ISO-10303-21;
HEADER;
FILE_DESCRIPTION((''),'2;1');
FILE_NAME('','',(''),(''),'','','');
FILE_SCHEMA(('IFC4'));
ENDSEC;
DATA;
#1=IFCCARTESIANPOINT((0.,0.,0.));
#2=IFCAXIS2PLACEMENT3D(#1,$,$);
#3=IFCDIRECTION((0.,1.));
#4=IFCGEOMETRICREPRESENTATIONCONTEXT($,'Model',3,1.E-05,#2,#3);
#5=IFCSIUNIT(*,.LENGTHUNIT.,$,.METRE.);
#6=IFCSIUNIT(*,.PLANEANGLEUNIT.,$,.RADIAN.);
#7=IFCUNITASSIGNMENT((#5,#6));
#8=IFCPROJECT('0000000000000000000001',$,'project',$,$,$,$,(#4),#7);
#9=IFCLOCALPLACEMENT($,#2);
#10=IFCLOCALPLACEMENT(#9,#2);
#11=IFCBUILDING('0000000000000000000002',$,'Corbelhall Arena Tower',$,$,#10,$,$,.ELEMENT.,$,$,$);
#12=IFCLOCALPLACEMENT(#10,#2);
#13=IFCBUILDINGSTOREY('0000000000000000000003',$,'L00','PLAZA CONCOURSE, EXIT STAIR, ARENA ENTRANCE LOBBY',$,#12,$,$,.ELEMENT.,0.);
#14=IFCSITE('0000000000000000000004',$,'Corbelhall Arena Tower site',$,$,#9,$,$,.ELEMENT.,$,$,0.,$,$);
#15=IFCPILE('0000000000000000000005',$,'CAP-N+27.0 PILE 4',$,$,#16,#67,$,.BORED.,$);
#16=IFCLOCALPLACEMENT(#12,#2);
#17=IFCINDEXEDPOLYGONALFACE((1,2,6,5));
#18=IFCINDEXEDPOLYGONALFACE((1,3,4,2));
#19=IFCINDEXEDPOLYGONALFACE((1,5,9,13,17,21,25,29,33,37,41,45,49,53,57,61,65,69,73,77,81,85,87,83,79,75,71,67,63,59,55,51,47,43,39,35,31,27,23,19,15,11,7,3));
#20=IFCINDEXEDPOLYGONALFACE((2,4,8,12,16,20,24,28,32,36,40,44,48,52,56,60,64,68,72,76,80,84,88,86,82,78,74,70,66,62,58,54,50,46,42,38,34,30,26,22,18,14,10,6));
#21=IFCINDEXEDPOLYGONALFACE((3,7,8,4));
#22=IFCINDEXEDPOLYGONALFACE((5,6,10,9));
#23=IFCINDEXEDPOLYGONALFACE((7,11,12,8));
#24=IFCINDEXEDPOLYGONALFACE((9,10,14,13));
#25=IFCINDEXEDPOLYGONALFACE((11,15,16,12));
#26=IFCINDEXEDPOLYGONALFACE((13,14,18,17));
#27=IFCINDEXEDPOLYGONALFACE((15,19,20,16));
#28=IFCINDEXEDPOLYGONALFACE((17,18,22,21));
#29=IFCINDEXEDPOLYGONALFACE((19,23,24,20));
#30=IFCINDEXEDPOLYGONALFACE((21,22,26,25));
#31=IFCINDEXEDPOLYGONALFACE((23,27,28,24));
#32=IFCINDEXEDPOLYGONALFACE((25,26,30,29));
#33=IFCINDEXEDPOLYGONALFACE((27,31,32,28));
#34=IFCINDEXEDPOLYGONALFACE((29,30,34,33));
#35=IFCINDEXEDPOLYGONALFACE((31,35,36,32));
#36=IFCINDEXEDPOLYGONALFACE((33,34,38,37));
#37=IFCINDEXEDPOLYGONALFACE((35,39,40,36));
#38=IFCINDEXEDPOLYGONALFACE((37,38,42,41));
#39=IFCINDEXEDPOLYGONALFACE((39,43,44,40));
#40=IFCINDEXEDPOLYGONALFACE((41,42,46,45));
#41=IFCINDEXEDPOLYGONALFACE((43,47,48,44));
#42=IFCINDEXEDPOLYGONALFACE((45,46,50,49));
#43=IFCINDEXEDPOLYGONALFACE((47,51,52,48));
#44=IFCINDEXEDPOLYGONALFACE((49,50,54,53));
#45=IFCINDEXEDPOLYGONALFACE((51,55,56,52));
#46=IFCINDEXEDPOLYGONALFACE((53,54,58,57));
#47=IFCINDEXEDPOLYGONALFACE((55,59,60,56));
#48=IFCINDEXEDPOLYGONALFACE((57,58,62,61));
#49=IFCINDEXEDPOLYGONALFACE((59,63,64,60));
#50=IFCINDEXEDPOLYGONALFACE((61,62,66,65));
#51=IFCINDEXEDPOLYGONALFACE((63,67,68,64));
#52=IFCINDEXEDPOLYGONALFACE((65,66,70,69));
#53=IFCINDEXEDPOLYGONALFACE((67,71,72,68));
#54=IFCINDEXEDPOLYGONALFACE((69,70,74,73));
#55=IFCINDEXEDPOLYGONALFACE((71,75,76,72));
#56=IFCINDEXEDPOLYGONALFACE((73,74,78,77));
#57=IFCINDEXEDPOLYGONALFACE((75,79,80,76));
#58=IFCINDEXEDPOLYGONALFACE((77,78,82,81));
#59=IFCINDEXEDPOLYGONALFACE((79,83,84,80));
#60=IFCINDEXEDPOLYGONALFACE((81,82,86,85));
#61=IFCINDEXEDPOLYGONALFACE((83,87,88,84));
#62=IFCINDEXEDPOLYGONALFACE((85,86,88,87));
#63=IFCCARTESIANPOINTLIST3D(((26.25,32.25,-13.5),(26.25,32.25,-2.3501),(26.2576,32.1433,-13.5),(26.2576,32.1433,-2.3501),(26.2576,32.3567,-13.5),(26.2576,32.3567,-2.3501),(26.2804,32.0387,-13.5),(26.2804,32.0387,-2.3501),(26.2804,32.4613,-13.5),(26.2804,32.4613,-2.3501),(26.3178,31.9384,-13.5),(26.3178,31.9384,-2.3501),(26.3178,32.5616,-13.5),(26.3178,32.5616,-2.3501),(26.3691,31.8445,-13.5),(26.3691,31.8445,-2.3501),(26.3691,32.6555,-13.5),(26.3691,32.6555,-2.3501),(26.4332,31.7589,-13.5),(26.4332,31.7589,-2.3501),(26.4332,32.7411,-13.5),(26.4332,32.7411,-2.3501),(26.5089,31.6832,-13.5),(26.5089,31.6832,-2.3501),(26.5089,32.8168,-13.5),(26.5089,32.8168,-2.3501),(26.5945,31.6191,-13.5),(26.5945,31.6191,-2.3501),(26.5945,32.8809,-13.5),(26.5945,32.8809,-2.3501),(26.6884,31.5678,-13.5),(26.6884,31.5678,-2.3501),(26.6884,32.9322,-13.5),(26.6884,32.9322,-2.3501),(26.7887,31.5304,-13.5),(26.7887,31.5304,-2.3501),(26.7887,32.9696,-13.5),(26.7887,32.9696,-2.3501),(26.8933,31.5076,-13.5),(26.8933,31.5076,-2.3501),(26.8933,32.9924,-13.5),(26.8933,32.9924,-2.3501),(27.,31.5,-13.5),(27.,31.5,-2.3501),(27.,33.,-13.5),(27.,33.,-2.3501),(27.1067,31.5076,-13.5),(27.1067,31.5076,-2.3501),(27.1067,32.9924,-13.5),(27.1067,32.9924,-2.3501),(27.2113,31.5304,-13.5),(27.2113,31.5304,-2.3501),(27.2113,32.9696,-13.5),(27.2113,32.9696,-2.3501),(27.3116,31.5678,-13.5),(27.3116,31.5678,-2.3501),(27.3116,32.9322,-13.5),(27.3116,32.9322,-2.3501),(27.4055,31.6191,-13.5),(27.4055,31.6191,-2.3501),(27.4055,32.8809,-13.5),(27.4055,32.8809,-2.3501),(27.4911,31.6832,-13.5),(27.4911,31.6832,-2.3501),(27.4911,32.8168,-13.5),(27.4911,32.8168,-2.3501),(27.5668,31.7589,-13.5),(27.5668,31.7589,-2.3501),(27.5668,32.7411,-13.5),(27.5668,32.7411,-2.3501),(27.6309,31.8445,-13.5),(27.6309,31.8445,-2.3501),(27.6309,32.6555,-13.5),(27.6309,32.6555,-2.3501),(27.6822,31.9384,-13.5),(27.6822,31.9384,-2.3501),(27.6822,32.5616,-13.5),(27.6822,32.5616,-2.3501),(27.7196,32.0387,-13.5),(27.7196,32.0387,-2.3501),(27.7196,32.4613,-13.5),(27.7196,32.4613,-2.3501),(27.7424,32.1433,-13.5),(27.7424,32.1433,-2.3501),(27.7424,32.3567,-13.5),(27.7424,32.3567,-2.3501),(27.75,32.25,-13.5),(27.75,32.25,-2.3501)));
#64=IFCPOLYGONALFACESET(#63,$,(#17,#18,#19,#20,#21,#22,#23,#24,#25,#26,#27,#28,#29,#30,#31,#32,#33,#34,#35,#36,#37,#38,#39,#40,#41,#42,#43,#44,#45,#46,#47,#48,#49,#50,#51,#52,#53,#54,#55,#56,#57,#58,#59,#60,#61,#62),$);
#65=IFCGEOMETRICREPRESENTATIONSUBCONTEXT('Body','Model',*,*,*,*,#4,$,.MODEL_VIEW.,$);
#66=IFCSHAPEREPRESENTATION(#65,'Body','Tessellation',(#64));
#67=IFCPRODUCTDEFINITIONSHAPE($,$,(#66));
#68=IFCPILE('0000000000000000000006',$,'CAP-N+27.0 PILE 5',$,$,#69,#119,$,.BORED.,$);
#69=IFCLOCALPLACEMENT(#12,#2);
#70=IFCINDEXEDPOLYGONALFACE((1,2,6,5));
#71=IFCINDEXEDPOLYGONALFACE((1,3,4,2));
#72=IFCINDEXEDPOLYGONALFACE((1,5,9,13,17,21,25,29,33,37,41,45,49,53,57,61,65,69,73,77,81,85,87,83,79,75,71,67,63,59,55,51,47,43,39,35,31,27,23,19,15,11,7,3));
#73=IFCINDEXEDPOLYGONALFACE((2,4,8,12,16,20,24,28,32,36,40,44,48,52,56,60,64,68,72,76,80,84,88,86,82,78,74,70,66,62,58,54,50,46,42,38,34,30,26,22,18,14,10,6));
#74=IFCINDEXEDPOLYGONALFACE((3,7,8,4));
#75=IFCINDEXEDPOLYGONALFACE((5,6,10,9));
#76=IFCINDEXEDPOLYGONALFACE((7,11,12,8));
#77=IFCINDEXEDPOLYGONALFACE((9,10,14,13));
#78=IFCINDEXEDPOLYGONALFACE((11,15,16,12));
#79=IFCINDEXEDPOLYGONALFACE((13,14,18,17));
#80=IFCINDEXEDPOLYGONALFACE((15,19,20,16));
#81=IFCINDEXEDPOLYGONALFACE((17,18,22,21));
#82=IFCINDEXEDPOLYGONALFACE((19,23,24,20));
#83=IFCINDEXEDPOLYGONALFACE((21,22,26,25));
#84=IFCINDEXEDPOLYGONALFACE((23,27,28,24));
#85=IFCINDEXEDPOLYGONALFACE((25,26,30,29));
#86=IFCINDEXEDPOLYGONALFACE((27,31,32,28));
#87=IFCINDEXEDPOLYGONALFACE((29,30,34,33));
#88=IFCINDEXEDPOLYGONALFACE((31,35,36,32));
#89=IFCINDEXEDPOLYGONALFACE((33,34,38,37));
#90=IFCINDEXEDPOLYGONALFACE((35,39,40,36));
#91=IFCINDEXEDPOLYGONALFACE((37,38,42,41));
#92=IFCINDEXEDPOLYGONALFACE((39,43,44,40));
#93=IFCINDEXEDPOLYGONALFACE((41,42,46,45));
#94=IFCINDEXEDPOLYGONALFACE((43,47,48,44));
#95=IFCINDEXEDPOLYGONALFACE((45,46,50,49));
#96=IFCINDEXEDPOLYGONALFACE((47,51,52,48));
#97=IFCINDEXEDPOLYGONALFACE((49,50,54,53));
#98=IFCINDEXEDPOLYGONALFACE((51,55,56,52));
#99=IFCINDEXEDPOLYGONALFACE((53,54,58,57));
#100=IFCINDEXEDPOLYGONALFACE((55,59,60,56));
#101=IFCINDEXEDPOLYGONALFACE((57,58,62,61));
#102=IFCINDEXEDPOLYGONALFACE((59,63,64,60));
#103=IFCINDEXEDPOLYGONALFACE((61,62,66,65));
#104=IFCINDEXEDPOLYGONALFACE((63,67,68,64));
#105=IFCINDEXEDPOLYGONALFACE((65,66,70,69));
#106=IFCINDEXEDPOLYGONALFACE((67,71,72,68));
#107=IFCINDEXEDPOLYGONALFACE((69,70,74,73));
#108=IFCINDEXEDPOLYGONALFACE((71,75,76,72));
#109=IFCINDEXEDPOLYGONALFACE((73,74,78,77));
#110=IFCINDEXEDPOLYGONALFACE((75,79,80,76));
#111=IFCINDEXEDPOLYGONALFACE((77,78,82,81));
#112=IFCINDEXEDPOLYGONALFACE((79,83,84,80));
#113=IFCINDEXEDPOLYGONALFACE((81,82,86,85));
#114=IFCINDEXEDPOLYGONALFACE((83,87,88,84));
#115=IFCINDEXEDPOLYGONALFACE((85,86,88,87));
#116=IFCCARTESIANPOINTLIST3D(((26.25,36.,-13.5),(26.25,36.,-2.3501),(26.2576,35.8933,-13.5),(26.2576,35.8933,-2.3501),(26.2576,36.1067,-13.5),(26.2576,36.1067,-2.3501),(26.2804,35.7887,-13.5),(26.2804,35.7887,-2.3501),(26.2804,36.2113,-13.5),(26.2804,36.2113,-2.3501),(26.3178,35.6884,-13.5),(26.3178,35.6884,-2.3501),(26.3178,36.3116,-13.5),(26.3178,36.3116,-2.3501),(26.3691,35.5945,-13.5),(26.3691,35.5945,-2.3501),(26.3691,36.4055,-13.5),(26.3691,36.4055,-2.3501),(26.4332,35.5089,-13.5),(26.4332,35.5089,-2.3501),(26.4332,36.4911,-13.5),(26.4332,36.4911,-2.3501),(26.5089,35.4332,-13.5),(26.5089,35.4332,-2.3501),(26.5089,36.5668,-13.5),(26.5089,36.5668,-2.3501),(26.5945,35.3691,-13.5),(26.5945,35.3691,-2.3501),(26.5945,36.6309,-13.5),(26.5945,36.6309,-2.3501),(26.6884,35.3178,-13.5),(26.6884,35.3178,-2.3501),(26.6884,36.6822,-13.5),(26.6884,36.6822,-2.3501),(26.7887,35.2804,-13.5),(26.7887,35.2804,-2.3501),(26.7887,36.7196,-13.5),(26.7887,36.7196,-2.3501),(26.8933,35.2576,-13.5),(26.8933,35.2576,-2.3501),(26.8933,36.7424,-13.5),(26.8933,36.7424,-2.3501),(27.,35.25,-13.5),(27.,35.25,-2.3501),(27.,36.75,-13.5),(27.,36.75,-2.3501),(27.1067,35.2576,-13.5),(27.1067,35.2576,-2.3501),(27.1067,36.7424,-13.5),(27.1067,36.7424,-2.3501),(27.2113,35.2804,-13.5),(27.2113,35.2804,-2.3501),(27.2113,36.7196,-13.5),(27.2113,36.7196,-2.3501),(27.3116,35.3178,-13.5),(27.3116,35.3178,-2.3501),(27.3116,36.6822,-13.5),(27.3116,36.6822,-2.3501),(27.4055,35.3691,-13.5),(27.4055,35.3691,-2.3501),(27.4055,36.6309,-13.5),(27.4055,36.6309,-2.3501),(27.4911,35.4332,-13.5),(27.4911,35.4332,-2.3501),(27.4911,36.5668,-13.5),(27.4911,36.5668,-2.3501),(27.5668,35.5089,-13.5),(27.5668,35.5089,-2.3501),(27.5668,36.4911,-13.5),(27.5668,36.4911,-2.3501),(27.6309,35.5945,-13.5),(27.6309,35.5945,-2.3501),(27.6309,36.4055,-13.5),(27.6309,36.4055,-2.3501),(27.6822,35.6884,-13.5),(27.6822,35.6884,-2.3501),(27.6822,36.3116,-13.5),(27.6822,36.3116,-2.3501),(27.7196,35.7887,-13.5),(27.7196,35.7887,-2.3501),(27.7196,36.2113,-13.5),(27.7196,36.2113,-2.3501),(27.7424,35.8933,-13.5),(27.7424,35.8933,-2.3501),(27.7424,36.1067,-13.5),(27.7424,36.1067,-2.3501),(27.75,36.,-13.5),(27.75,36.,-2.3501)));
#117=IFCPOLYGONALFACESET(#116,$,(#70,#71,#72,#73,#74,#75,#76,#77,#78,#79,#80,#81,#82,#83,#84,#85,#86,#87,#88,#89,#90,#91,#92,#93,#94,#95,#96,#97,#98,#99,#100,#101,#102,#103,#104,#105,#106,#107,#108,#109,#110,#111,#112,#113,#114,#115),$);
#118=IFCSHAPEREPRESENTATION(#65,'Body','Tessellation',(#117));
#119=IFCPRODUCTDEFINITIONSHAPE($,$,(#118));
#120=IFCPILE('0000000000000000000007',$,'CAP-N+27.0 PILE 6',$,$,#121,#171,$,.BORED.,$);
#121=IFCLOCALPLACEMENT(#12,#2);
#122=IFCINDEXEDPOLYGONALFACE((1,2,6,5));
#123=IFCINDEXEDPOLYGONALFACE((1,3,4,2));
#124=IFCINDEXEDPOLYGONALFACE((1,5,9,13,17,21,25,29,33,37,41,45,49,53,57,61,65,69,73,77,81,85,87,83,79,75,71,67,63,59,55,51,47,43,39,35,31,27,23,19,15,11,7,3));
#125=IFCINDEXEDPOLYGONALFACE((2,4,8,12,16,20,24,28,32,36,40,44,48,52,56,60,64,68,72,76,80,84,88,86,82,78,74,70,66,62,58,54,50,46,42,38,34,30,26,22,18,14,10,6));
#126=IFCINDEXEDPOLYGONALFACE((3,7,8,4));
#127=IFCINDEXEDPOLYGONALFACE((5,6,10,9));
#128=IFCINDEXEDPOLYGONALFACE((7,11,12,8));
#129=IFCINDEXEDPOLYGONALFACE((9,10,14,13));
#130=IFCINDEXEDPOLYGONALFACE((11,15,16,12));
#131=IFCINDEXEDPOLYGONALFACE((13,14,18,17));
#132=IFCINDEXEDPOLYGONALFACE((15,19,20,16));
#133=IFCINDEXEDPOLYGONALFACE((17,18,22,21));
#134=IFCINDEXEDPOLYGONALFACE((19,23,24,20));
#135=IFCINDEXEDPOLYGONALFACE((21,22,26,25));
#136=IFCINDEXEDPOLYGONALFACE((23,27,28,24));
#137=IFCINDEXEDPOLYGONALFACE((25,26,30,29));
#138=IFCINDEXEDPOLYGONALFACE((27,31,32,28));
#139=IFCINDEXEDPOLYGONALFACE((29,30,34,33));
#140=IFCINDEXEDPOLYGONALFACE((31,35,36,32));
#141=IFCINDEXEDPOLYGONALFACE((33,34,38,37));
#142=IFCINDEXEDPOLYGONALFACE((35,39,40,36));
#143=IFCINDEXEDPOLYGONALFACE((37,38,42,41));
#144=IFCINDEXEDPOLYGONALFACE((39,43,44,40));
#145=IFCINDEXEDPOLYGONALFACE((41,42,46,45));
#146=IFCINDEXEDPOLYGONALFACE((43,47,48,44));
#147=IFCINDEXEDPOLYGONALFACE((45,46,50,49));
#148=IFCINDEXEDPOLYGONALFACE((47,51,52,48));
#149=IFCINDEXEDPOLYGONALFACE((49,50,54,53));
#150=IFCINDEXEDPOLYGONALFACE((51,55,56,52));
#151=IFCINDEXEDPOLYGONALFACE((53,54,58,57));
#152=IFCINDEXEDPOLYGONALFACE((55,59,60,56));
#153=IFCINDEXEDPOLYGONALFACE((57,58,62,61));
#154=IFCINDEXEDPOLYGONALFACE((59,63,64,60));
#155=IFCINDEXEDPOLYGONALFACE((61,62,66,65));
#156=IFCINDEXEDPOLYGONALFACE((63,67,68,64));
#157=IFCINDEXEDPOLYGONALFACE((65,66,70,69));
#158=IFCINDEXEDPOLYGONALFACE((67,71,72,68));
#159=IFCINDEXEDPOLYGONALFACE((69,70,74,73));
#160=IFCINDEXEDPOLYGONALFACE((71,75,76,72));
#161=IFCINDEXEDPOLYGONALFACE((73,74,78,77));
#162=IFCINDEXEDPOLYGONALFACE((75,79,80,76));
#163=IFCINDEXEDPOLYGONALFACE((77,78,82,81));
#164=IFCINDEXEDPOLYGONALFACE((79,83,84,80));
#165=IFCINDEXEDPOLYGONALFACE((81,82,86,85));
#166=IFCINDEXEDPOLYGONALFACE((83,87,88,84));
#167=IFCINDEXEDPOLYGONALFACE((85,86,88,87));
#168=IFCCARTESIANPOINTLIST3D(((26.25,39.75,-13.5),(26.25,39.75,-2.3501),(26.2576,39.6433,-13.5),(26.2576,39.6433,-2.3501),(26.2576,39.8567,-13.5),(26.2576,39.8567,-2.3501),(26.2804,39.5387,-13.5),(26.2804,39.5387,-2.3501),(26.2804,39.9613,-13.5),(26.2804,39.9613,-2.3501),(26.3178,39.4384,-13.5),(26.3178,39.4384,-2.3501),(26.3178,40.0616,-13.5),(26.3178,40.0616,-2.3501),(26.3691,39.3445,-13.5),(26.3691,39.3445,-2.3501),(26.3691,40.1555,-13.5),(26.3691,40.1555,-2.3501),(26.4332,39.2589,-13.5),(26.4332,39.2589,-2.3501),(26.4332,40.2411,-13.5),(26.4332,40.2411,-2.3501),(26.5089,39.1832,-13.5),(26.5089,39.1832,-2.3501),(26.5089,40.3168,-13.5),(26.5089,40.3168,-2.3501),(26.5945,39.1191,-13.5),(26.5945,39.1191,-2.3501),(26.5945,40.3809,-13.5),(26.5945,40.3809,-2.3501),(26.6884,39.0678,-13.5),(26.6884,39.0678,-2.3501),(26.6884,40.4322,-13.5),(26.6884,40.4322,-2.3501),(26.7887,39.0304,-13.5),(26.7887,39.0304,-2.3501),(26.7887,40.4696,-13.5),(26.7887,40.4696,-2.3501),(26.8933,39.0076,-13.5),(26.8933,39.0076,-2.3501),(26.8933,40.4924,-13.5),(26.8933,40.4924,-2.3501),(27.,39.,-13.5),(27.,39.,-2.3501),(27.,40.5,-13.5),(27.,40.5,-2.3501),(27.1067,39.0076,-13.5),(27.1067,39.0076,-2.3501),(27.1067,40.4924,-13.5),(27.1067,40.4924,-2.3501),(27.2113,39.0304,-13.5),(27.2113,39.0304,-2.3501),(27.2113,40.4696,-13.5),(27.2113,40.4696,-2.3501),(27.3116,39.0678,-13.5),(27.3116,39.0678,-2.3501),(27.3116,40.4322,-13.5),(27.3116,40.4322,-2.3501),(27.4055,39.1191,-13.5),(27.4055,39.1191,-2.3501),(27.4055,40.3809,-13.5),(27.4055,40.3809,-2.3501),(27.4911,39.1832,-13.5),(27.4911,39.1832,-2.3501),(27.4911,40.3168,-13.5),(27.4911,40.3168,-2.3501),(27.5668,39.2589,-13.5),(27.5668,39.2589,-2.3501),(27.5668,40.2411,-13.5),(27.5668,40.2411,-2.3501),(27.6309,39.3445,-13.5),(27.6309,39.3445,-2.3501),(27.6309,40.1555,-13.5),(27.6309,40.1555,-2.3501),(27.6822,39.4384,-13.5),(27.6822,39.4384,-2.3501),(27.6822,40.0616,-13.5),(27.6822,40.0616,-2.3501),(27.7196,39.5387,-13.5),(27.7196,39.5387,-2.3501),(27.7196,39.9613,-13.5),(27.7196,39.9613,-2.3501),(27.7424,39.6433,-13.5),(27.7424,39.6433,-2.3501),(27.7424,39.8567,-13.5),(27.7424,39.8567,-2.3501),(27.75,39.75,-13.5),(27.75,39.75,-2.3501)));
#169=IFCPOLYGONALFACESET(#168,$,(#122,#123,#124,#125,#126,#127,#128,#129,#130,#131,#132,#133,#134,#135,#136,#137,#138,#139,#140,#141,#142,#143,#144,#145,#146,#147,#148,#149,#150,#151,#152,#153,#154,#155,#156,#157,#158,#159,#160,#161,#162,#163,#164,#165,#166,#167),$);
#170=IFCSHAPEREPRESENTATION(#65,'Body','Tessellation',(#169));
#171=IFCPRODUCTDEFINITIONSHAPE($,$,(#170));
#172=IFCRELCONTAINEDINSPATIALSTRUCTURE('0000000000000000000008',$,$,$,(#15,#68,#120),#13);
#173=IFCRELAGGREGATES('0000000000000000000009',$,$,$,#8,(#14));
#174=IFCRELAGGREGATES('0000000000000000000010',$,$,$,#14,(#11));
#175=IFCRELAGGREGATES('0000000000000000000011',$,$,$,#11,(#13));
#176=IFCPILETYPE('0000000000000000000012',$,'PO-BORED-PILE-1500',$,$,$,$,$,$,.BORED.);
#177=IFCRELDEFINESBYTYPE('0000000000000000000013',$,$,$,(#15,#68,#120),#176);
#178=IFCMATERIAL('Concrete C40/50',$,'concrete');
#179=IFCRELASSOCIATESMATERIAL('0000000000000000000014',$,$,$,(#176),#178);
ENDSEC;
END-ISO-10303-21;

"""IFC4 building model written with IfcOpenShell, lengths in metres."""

from ifc_helpers import new_model, si_unit, direction, frame, origin, origin_2d, place, context, subcontext, project, spatial, circle, extrude, material, material_profile, profile_set, type_object, element, save


model = new_model("IFC4")

# Units and contexts
model_context = context("Model", 3, precision=1e-05, world=origin(), true_north=direction((0.0, 1.0)))
body_context = subcontext(model_context, "Body", "Model", "MODEL_VIEW")
ifc_project = project(units=[si_unit("LENGTHUNIT", "METRE"), si_unit("PLANEANGLEUNIT", "RADIAN")], contexts=[model_context])

# Site, building, storey
site_placement = place(None, origin())
site = spatial("IfcSite", under=ifc_project, at=site_placement, Name="Corbelhall Arena Tower site", CompositionType="ELEMENT", RefElevation=0.0)
building_placement = place(site_placement, origin())
building = spatial("IfcBuilding", under=site, at=building_placement, Name="Corbelhall Arena Tower", CompositionType="ELEMENT")
storey_placement = place(building_placement, origin())
storey = spatial("IfcBuildingStorey", under=building, at=storey_placement, Name="L00", Description="PLAZA CONCOURSE, EXIT STAIR, ARENA ENTRANCE LOBBY", CompositionType="ELEMENT", Elevation=0.0)

# Piles
ifc_material_1 = material(Name="Concrete C40/50", Category="concrete")
ifc_material_profile_1 = material_profile(ifc_material_1, circle(Radius=0.75, at=origin_2d()))
ifc_profile_set_1 = profile_set([ifc_material_profile_1], Name="Concrete C40/50")
pile_type = type_object("IfcPileType", Name="PO-BORED-PILE-1500", PredefinedType="BORED", material=ifc_profile_set_1)
for number, where, z_axis, x_axis, name in (
    (1, (27.0, 32.25, -2.3501), (0.0, 0.0, -1.0), (1.0, 0.0, 0.0), "CAP-N+27.0 PILE 4"),
    (2, (27.0, 36.0, -2.3501), (0.0, 0.0, -1.0), (1.0, 0.0, 0.0), "CAP-N+27.0 PILE 5"),
    (3, (27.0, 39.75, -2.3501), (0.0, 0.0, -1.0), (1.0, 0.0, 0.0), "CAP-N+27.0 PILE 6"),
):
    element("IfcPile", number, at=place(storey_placement, frame(where, z_axis=z_axis, x_axis=x_axis)), inside=storey, type_object=pile_type, Name=name, PredefinedType="BORED", context=body_context, shape_type="SweptSolid", body=[
        extrude(circle(Radius=0.75, at=origin_2d()), origin(), (0.0, 0.0, 1.0), 11.1499),
    ])

save(model, "model.ifc")
